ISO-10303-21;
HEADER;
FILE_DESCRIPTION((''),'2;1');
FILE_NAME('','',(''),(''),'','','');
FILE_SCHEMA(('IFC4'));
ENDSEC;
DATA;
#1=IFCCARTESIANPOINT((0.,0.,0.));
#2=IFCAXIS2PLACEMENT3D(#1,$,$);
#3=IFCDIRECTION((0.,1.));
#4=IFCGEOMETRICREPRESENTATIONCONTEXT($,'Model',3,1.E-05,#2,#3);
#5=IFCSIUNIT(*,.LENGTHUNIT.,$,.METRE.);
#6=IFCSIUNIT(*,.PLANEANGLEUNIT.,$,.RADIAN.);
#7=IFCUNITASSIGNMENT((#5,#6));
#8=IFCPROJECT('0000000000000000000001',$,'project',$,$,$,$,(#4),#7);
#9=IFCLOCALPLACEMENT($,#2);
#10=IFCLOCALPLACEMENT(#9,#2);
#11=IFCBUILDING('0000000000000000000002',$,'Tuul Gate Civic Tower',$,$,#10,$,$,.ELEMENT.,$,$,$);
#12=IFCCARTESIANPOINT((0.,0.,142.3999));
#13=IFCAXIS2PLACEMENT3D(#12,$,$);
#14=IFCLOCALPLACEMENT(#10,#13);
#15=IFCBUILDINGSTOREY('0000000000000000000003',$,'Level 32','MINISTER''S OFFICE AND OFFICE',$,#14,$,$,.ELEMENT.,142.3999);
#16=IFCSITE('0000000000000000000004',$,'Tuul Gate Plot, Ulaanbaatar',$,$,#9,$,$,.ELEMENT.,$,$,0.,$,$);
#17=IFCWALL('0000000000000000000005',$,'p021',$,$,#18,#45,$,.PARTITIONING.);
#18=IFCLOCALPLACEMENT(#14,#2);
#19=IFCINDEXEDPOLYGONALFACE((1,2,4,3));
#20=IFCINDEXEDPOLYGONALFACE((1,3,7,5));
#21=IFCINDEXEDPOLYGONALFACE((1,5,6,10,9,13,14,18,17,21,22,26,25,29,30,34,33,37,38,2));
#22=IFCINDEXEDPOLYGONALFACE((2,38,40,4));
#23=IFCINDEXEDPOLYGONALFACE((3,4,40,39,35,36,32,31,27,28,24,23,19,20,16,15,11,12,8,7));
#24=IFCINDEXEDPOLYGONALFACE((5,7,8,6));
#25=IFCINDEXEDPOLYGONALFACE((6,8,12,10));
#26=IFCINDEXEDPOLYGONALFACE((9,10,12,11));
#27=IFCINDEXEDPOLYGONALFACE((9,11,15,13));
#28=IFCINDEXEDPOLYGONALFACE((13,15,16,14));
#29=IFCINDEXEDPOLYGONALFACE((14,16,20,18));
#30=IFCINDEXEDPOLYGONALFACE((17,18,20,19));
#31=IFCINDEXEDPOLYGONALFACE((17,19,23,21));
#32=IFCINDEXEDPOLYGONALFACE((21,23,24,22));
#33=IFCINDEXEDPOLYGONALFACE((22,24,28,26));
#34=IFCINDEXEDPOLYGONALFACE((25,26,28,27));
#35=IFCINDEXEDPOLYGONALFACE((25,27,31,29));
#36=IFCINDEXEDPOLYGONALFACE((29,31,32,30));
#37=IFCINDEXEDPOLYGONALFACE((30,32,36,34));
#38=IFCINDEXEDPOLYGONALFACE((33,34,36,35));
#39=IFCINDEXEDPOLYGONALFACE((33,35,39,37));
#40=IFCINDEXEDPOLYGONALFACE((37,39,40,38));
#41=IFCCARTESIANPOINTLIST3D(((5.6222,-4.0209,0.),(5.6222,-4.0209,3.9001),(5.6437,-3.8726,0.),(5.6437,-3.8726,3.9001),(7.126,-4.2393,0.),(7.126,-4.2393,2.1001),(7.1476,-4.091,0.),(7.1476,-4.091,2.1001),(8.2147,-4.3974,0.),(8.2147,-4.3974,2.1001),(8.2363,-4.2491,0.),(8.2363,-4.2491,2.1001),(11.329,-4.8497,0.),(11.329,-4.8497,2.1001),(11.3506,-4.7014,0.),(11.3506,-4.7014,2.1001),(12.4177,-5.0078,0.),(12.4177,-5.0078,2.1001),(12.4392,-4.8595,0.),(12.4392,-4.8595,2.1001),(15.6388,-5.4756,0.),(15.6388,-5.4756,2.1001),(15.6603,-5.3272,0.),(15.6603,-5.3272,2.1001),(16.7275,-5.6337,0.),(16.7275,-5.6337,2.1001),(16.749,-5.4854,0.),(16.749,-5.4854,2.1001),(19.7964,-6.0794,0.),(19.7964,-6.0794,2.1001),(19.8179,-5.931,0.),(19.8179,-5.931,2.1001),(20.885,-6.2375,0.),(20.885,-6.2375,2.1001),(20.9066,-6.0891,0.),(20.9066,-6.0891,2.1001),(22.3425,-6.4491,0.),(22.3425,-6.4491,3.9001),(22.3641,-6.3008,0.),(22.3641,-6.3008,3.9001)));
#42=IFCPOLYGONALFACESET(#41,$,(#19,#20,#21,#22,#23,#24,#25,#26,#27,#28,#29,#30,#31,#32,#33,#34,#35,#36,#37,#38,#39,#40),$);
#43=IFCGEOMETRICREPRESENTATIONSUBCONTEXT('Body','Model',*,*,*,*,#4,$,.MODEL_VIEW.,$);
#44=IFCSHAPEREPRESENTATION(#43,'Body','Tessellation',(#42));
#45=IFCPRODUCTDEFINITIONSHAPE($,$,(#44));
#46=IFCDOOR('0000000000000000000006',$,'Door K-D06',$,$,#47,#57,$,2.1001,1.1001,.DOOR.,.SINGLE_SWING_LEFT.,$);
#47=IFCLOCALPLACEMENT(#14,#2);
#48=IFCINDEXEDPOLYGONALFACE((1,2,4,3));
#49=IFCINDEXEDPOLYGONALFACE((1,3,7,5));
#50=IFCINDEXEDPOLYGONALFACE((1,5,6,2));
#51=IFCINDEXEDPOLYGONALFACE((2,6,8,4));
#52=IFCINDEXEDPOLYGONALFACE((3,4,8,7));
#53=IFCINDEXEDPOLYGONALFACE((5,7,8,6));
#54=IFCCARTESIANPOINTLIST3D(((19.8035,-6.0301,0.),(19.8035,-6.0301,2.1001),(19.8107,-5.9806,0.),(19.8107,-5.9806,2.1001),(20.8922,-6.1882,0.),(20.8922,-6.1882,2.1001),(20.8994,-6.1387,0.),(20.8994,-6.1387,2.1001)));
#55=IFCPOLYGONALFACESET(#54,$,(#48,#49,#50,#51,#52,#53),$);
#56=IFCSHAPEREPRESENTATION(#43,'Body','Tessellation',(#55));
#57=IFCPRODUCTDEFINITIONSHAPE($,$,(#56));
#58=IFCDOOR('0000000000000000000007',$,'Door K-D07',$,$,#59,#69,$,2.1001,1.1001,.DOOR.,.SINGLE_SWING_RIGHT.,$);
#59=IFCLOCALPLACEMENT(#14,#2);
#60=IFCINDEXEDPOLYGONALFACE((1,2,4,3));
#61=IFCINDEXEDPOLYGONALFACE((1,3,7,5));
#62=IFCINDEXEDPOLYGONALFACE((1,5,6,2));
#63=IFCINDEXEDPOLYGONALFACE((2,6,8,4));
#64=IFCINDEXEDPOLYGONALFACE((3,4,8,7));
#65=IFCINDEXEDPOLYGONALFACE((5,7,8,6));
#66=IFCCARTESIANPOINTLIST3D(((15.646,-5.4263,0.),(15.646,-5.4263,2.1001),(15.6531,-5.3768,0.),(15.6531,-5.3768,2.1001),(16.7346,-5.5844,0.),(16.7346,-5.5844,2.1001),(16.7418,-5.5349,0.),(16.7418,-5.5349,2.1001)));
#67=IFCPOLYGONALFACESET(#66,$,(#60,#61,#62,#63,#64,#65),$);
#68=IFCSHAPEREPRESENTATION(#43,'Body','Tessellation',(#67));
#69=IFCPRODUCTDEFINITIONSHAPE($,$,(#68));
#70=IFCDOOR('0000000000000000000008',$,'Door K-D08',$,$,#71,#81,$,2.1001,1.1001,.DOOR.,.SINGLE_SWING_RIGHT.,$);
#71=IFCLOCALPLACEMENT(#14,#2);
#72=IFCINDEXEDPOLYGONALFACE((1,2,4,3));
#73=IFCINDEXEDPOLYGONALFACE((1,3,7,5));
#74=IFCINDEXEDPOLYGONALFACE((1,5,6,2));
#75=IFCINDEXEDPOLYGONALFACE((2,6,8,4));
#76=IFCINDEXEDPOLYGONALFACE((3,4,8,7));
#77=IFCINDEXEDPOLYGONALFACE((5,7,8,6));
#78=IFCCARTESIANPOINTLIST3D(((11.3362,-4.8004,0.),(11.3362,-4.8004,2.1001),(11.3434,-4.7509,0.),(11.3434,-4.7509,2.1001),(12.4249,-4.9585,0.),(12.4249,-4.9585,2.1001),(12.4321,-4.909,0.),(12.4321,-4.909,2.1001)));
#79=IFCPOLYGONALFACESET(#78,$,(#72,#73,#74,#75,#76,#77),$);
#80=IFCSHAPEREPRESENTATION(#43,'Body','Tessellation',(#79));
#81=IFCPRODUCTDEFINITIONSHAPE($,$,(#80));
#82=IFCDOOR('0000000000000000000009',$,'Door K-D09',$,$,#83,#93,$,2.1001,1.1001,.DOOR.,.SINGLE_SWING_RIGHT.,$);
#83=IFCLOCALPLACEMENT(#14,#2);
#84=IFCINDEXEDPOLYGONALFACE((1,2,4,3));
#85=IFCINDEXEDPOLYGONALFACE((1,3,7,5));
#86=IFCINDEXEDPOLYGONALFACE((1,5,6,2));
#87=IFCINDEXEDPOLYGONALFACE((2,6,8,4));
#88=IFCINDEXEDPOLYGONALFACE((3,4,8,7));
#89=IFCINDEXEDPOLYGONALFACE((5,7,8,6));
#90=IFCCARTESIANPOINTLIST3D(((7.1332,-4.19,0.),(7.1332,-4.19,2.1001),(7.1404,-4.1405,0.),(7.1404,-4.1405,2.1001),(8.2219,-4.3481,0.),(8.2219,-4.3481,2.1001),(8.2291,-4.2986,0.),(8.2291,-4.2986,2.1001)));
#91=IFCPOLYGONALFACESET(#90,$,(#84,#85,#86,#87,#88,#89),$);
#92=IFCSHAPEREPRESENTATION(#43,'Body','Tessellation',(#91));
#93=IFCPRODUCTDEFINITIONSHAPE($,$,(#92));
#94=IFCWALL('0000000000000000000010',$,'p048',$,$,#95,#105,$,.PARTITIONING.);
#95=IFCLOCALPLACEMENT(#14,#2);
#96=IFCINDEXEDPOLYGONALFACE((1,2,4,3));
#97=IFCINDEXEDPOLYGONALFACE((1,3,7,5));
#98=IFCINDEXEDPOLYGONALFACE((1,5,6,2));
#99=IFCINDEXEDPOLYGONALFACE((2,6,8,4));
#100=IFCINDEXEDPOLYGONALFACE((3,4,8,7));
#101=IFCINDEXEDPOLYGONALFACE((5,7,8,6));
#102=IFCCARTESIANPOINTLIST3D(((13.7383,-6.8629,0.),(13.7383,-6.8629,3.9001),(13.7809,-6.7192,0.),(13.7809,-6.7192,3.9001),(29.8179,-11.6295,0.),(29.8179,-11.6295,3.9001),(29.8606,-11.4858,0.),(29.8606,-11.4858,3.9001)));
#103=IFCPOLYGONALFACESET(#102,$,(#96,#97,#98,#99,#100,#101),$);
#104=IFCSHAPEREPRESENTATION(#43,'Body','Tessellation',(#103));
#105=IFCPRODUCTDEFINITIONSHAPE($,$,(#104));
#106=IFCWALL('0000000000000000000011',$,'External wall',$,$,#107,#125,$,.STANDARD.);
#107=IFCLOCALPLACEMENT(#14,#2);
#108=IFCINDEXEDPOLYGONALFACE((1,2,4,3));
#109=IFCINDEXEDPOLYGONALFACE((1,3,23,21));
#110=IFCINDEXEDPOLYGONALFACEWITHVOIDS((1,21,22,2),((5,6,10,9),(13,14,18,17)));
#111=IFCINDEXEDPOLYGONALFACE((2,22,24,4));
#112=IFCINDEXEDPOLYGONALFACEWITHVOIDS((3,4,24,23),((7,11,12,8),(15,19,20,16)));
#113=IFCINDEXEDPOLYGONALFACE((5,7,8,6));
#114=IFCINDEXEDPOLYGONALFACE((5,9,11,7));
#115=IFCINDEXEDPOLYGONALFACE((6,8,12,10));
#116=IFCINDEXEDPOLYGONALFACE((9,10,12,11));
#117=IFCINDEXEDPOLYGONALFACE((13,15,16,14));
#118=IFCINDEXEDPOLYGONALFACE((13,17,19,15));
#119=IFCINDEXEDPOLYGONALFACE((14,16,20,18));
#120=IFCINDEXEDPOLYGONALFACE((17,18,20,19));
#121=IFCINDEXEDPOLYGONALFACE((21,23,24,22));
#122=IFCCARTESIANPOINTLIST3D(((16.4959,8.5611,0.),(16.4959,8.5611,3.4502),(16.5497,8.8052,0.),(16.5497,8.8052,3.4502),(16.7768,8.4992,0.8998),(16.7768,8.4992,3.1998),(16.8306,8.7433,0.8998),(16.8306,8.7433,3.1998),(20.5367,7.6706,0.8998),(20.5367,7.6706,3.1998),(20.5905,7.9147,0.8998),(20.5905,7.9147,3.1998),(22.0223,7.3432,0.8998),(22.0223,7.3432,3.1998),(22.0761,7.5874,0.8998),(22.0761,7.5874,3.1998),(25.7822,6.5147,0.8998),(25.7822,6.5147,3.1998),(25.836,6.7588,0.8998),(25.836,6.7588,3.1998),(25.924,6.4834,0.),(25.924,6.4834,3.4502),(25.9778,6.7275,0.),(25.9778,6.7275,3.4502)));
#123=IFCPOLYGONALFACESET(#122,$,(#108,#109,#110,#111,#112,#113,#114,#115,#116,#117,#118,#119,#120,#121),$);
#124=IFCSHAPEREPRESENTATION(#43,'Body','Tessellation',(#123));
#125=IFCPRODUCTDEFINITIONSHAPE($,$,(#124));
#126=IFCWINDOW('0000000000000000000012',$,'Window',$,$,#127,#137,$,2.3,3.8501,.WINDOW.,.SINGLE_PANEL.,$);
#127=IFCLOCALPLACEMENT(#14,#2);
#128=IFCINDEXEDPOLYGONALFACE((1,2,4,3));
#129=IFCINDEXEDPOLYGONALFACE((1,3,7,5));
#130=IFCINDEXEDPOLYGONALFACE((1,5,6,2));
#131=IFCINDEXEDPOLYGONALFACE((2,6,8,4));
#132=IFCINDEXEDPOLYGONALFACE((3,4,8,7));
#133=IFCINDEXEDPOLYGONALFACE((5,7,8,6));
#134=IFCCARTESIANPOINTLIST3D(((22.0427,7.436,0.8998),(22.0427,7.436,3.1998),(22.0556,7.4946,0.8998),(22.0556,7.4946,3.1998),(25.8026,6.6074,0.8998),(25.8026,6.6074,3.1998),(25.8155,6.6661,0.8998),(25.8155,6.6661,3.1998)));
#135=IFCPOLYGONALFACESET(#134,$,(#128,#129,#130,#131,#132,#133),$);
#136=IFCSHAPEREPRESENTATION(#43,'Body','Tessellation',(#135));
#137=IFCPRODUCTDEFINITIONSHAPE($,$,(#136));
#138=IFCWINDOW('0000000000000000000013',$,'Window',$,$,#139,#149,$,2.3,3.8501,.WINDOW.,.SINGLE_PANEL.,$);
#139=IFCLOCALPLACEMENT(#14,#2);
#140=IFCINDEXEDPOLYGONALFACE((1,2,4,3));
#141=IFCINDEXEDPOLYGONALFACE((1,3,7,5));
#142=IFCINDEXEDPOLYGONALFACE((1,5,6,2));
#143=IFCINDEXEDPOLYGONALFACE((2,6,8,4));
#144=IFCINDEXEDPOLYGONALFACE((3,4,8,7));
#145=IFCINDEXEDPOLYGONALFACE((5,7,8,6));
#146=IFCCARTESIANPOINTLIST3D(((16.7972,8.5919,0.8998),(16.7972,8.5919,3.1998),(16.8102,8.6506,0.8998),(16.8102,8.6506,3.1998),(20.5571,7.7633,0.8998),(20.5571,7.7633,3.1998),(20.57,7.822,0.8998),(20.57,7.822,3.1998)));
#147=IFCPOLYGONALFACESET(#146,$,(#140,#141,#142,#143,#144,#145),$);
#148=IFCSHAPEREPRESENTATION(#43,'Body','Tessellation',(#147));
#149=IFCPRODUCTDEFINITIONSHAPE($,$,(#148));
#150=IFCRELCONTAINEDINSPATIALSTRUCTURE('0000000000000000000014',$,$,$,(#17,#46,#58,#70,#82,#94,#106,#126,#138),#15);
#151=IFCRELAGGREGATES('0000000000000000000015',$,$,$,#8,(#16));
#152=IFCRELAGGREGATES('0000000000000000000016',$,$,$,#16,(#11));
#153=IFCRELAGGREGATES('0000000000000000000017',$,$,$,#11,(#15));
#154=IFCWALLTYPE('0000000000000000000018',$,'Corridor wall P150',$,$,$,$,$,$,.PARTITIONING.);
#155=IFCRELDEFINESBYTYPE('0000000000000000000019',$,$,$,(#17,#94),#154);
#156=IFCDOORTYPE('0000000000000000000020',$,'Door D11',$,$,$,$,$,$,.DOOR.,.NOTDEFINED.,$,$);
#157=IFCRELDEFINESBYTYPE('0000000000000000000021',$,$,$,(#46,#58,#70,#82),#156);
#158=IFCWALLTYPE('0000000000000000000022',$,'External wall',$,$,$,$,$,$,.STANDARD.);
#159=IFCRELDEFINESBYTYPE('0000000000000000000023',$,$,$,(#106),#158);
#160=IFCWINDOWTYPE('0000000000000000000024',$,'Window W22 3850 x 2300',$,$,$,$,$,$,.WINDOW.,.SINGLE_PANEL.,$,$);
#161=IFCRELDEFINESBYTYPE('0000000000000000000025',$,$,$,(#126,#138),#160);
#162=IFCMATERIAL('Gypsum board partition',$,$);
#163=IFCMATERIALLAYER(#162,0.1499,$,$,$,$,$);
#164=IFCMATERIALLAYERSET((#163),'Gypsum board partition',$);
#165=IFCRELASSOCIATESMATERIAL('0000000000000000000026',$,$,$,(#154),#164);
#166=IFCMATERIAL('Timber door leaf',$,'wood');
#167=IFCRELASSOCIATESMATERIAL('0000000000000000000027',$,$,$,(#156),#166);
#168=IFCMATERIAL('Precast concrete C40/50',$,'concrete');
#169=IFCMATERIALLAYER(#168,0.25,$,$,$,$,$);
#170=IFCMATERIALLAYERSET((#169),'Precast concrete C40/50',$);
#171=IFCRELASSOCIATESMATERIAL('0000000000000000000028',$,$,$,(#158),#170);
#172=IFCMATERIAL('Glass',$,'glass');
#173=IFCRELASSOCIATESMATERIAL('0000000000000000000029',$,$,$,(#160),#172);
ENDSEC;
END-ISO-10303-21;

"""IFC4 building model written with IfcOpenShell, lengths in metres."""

from ifc_helpers import new_model, si_unit, direction, frame, frame_2d, origin, place, context, subcontext, project, spatial, rectangle, extrude, material, layer, layer_set, type_object, element, fill, save


model = new_model("IFC4")

# Units and contexts
model_context = context("Model", 3, precision=1e-05, world=origin(), true_north=direction((0.0, 1.0)))
body_context = subcontext(model_context, "Body", "Model", "MODEL_VIEW")
ifc_project = project(units=[si_unit("LENGTHUNIT", "METRE"), si_unit("PLANEANGLEUNIT", "RADIAN")], contexts=[model_context])

# Site, building, storey
site_placement = place(None, origin())
site = spatial("IfcSite", under=ifc_project, at=site_placement, Name="Tuul Gate Plot, Ulaanbaatar", CompositionType="ELEMENT", RefElevation=0.0)
building_placement = place(site_placement, origin())
building = spatial("IfcBuilding", under=site, at=building_placement, Name="Tuul Gate Civic Tower", CompositionType="ELEMENT")
storey_placement = place(building_placement, frame((0.0, 0.0, 142.3999)))
storey = spatial("IfcBuildingStorey", under=building, at=storey_placement, Name="Level 32", Description="MINISTER'S OFFICE AND OFFICE", CompositionType="ELEMENT", Elevation=142.3999)

# Shared definitions
ifc_material_1 = material(Name="Gypsum board partition")
ifc_layer_1 = layer(ifc_material_1, 0.1499)
ifc_layer_set_1 = layer_set([ifc_layer_1], Name="Gypsum board partition")
wall_type_1 = type_object("IfcWallType", Name="Corridor wall P150", PredefinedType="PARTITIONING", material=ifc_layer_set_1)

# Wall, openings, doors
wall_1_placement = place(storey_placement, frame((5.6331, -3.9468, 0.0), z_axis=(0.0, 0.0, 1.0), x_axis=(0.989619, -0.143717, 0.0)))
wall_1 = element("IfcWall", 1, at=wall_1_placement, inside=storey, type_object=wall_type_1, Name="p021", PredefinedType="PARTITIONING", context=body_context, shape_type="SweptSolid", body=[
    extrude(rectangle(XDim=16.8958, YDim=0.1499, at=frame_2d((8.4478, 0.0))), origin(), (0.0, 0.0, 1.0), 3.9001),
])
opening_1_placement = place(wall_1_placement, frame((14.3228, 0.0, 0.0)))
opening_1 = element("IfcOpeningElement", 2, at=opening_1_placement, cuts=wall_1, PredefinedType="OPENING", context=body_context, shape_type="SweptSolid", body=[
    extrude(rectangle(XDim=1.1001, YDim=2.1001, at=frame_2d((0.55, 1.05))), frame((0.0, 0.085, 0.0), z_axis=(0.0, -1.0, 0.0), x_axis=(1.0, 0.0, 0.0)), (0.0, 0.0, 1.0), 0.1699),
])
opening_2_placement = place(wall_1_placement, frame((10.1216, 0.0, 0.0)))
opening_2 = element("IfcOpeningElement", 3, at=opening_2_placement, cuts=wall_1, PredefinedType="OPENING", context=body_context, shape_type="SweptSolid", body=[
    extrude(rectangle(XDim=1.1001, YDim=2.1001, at=frame_2d((0.55, 1.05))), frame((0.0, 0.085, 0.0), z_axis=(0.0, -1.0, 0.0), x_axis=(1.0, 0.0, 0.0)), (0.0, 0.0, 1.0), 0.1699),
])
opening_3_placement = place(wall_1_placement, frame((5.7666, 0.0, 0.0)))
opening_3 = element("IfcOpeningElement", 4, at=opening_3_placement, cuts=wall_1, PredefinedType="OPENING", context=body_context, shape_type="SweptSolid", body=[
    extrude(rectangle(XDim=1.1001, YDim=2.1001, at=frame_2d((0.55, 1.05))), frame((0.0, 0.085, 0.0), z_axis=(0.0, -1.0, 0.0), x_axis=(1.0, 0.0, 0.0)), (0.0, 0.0, 1.0), 0.1699),
])
opening_4_placement = place(wall_1_placement, frame((1.5195, 0.0, 0.0)))
opening_4 = element("IfcOpeningElement", 5, at=opening_4_placement, cuts=wall_1, PredefinedType="OPENING", context=body_context, shape_type="SweptSolid", body=[
    extrude(rectangle(XDim=1.1001, YDim=2.1001, at=frame_2d((0.55, 1.05))), frame((0.0, 0.085, 0.0), z_axis=(0.0, -1.0, 0.0), x_axis=(1.0, 0.0, 0.0)), (0.0, 0.0, 1.0), 0.1699),
])
ifc_material_2 = material(Name="Timber door leaf", Category="wood")
door_type = type_object("IfcDoorType", Name="Door D11", OperationType="NOTDEFINED", PredefinedType="DOOR", material=ifc_material_2)
door_1_placement = place(opening_1_placement, origin())
door_1 = element("IfcDoor", 6, at=door_1_placement, inside=storey, type_object=door_type, Name="Door K-D06", OperationType="SINGLE_SWING_LEFT", OverallHeight=2.1001, OverallWidth=1.1001, PredefinedType="DOOR", context=body_context, shape_type="SweptSolid", body=[
    extrude(rectangle(XDim=1.1001, YDim=2.1001, at=frame_2d((0.55, 1.05))), frame((0.0, 0.0249, 0.0), z_axis=(0.0, -1.0, 0.0), x_axis=(1.0, 0.0, 0.0)), (0.0, 0.0, 1.0), 0.05),
])
fill(opening_1, door_1)
door_2_placement = place(opening_2_placement, origin())
door_2 = element("IfcDoor", 7, at=door_2_placement, inside=storey, type_object=door_type, Name="Door K-D07", OperationType="SINGLE_SWING_RIGHT", OverallHeight=2.1001, OverallWidth=1.1001, PredefinedType="DOOR", context=body_context, shape_type="SweptSolid", body=[
    extrude(rectangle(XDim=1.1001, YDim=2.1001, at=frame_2d((0.55, 1.05))), frame((0.0, 0.0249, 0.0), z_axis=(0.0, -1.0, 0.0), x_axis=(1.0, 0.0, 0.0)), (0.0, 0.0, 1.0), 0.05),
])
fill(opening_2, door_2)
door_3_placement = place(opening_3_placement, origin())
door_3 = element("IfcDoor", 8, at=door_3_placement, inside=storey, type_object=door_type, Name="Door K-D08", OperationType="SINGLE_SWING_RIGHT", OverallHeight=2.1001, OverallWidth=1.1001, PredefinedType="DOOR", context=body_context, shape_type="SweptSolid", body=[
    extrude(rectangle(XDim=1.1001, YDim=2.1001, at=frame_2d((0.55, 1.05))), frame((0.0, 0.0249, 0.0), z_axis=(0.0, -1.0, 0.0), x_axis=(1.0, 0.0, 0.0)), (0.0, 0.0, 1.0), 0.05),
])
fill(opening_3, door_3)
door_4_placement = place(opening_4_placement, origin())
door_4 = element("IfcDoor", 9, at=door_4_placement, inside=storey, type_object=door_type, Name="Door K-D09", OperationType="SINGLE_SWING_RIGHT", OverallHeight=2.1001, OverallWidth=1.1001, PredefinedType="DOOR", context=body_context, shape_type="SweptSolid", body=[
    extrude(rectangle(XDim=1.1001, YDim=2.1001, at=frame_2d((0.55, 1.05))), frame((0.0, 0.0249, 0.0), z_axis=(0.0, -1.0, 0.0), x_axis=(1.0, 0.0, 0.0)), (0.0, 0.0, 1.0), 0.05),
])
fill(opening_4, door_4)

# Wall
wall_2_placement = place(storey_placement, frame((13.7595, -6.791, 0.0), z_axis=(0.0, 0.0, 1.0), x_axis=(0.958761, -0.284213, 0.0)))
element("IfcWall", 10, at=wall_2_placement, inside=storey, type_object=wall_type_1, Name="p048", PredefinedType="PARTITIONING", context=body_context, shape_type="SweptSolid", body=[
    extrude(rectangle(XDim=16.7712, YDim=0.1499, at=frame_2d((8.3857, 0.0))), origin(), (0.0, 0.0, 1.0), 3.9001),
])

# Wall, openings, windows
ifc_material_3 = material(Name="Precast concrete C40/50", Category="concrete")
ifc_layer_2 = layer(ifc_material_3, 0.25)
ifc_layer_set_2 = layer_set([ifc_layer_2], Name="Precast concrete C40/50")
wall_type_2 = type_object("IfcWallType", Name="External wall", PredefinedType="STANDARD", material=ifc_layer_set_2)
wall_3_placement = place(storey_placement, frame((25.9509, 6.6055, 0.0), z_axis=(0.0, 0.0, 1.0), x_axis=(-0.976569, 0.215206, 0.0)))
wall_3 = element("IfcWall", 11, at=wall_3_placement, inside=storey, type_object=wall_type_2, Name="External wall", PredefinedType="STANDARD", context=body_context, shape_type="SweptSolid", body=[
    extrude(rectangle(XDim=9.6543, YDim=0.25, at=frame_2d((4.8271, 0.0))), origin(), (0.0, 0.0, 1.0), 3.4502),
])
opening_5_placement = place(wall_3_placement, frame((0.1453, 0.0, 0.8999)))
opening_5 = element("IfcOpeningElement", 12, at=opening_5_placement, cuts=wall_3, PredefinedType="OPENING", context=body_context, shape_type="SweptSolid", body=[
    extrude(rectangle(XDim=3.8501, YDim=2.3, at=frame_2d((1.925, 1.1499))), frame((0.0, 0.135, 0.0), z_axis=(0.0, -1.0, 0.0), x_axis=(1.0, 0.0, 0.0)), (0.0, 0.0, 1.0), 0.27),
])
opening_6_placement = place(wall_3_placement, frame((5.5166, 0.0, 0.8999)))
opening_6 = element("IfcOpeningElement", 13, at=opening_6_placement, cuts=wall_3, PredefinedType="OPENING", context=body_context, shape_type="SweptSolid", body=[
    extrude(rectangle(XDim=3.8501, YDim=2.3, at=frame_2d((1.925, 1.1499))), frame((0.0, 0.135, 0.0), z_axis=(0.0, -1.0, 0.0), x_axis=(1.0, 0.0, 0.0)), (0.0, 0.0, 1.0), 0.27),
])
ifc_material_4 = material(Name="Glass", Category="glass")
window_type = type_object("IfcWindowType", Name="Window W22 3850 x 2300", PartitioningType="SINGLE_PANEL", PredefinedType="WINDOW", material=ifc_material_4)
window_1_placement = place(opening_5_placement, origin())
window_1 = element("IfcWindow", 14, at=window_1_placement, inside=storey, type_object=window_type, Name="Window", OverallHeight=2.3, OverallWidth=3.8501, PartitioningType="SINGLE_PANEL", PredefinedType="WINDOW", context=body_context, shape_type="SweptSolid", body=[
    extrude(rectangle(XDim=3.8501, YDim=2.3, at=frame_2d((1.925, 1.1499))), frame((0.0, 0.03, 0.0), z_axis=(0.0, -1.0, 0.0), x_axis=(1.0, 0.0, 0.0)), (0.0, 0.0, 1.0), 0.0601),
])
fill(opening_5, window_1)
window_2_placement = place(opening_6_placement, origin())
window_2 = element("IfcWindow", 15, at=window_2_placement, inside=storey, type_object=window_type, Name="Window", OverallHeight=2.3, OverallWidth=3.8501, PartitioningType="SINGLE_PANEL", PredefinedType="WINDOW", context=body_context, shape_type="SweptSolid", body=[
    extrude(rectangle(XDim=3.8501, YDim=2.3, at=frame_2d((1.925, 1.1499))), frame((0.0, 0.03, 0.0), z_axis=(0.0, -1.0, 0.0), x_axis=(1.0, 0.0, 0.0)), (0.0, 0.0, 1.0), 0.0601),
])
fill(opening_6, window_2)

save(model, "model.ifc")
